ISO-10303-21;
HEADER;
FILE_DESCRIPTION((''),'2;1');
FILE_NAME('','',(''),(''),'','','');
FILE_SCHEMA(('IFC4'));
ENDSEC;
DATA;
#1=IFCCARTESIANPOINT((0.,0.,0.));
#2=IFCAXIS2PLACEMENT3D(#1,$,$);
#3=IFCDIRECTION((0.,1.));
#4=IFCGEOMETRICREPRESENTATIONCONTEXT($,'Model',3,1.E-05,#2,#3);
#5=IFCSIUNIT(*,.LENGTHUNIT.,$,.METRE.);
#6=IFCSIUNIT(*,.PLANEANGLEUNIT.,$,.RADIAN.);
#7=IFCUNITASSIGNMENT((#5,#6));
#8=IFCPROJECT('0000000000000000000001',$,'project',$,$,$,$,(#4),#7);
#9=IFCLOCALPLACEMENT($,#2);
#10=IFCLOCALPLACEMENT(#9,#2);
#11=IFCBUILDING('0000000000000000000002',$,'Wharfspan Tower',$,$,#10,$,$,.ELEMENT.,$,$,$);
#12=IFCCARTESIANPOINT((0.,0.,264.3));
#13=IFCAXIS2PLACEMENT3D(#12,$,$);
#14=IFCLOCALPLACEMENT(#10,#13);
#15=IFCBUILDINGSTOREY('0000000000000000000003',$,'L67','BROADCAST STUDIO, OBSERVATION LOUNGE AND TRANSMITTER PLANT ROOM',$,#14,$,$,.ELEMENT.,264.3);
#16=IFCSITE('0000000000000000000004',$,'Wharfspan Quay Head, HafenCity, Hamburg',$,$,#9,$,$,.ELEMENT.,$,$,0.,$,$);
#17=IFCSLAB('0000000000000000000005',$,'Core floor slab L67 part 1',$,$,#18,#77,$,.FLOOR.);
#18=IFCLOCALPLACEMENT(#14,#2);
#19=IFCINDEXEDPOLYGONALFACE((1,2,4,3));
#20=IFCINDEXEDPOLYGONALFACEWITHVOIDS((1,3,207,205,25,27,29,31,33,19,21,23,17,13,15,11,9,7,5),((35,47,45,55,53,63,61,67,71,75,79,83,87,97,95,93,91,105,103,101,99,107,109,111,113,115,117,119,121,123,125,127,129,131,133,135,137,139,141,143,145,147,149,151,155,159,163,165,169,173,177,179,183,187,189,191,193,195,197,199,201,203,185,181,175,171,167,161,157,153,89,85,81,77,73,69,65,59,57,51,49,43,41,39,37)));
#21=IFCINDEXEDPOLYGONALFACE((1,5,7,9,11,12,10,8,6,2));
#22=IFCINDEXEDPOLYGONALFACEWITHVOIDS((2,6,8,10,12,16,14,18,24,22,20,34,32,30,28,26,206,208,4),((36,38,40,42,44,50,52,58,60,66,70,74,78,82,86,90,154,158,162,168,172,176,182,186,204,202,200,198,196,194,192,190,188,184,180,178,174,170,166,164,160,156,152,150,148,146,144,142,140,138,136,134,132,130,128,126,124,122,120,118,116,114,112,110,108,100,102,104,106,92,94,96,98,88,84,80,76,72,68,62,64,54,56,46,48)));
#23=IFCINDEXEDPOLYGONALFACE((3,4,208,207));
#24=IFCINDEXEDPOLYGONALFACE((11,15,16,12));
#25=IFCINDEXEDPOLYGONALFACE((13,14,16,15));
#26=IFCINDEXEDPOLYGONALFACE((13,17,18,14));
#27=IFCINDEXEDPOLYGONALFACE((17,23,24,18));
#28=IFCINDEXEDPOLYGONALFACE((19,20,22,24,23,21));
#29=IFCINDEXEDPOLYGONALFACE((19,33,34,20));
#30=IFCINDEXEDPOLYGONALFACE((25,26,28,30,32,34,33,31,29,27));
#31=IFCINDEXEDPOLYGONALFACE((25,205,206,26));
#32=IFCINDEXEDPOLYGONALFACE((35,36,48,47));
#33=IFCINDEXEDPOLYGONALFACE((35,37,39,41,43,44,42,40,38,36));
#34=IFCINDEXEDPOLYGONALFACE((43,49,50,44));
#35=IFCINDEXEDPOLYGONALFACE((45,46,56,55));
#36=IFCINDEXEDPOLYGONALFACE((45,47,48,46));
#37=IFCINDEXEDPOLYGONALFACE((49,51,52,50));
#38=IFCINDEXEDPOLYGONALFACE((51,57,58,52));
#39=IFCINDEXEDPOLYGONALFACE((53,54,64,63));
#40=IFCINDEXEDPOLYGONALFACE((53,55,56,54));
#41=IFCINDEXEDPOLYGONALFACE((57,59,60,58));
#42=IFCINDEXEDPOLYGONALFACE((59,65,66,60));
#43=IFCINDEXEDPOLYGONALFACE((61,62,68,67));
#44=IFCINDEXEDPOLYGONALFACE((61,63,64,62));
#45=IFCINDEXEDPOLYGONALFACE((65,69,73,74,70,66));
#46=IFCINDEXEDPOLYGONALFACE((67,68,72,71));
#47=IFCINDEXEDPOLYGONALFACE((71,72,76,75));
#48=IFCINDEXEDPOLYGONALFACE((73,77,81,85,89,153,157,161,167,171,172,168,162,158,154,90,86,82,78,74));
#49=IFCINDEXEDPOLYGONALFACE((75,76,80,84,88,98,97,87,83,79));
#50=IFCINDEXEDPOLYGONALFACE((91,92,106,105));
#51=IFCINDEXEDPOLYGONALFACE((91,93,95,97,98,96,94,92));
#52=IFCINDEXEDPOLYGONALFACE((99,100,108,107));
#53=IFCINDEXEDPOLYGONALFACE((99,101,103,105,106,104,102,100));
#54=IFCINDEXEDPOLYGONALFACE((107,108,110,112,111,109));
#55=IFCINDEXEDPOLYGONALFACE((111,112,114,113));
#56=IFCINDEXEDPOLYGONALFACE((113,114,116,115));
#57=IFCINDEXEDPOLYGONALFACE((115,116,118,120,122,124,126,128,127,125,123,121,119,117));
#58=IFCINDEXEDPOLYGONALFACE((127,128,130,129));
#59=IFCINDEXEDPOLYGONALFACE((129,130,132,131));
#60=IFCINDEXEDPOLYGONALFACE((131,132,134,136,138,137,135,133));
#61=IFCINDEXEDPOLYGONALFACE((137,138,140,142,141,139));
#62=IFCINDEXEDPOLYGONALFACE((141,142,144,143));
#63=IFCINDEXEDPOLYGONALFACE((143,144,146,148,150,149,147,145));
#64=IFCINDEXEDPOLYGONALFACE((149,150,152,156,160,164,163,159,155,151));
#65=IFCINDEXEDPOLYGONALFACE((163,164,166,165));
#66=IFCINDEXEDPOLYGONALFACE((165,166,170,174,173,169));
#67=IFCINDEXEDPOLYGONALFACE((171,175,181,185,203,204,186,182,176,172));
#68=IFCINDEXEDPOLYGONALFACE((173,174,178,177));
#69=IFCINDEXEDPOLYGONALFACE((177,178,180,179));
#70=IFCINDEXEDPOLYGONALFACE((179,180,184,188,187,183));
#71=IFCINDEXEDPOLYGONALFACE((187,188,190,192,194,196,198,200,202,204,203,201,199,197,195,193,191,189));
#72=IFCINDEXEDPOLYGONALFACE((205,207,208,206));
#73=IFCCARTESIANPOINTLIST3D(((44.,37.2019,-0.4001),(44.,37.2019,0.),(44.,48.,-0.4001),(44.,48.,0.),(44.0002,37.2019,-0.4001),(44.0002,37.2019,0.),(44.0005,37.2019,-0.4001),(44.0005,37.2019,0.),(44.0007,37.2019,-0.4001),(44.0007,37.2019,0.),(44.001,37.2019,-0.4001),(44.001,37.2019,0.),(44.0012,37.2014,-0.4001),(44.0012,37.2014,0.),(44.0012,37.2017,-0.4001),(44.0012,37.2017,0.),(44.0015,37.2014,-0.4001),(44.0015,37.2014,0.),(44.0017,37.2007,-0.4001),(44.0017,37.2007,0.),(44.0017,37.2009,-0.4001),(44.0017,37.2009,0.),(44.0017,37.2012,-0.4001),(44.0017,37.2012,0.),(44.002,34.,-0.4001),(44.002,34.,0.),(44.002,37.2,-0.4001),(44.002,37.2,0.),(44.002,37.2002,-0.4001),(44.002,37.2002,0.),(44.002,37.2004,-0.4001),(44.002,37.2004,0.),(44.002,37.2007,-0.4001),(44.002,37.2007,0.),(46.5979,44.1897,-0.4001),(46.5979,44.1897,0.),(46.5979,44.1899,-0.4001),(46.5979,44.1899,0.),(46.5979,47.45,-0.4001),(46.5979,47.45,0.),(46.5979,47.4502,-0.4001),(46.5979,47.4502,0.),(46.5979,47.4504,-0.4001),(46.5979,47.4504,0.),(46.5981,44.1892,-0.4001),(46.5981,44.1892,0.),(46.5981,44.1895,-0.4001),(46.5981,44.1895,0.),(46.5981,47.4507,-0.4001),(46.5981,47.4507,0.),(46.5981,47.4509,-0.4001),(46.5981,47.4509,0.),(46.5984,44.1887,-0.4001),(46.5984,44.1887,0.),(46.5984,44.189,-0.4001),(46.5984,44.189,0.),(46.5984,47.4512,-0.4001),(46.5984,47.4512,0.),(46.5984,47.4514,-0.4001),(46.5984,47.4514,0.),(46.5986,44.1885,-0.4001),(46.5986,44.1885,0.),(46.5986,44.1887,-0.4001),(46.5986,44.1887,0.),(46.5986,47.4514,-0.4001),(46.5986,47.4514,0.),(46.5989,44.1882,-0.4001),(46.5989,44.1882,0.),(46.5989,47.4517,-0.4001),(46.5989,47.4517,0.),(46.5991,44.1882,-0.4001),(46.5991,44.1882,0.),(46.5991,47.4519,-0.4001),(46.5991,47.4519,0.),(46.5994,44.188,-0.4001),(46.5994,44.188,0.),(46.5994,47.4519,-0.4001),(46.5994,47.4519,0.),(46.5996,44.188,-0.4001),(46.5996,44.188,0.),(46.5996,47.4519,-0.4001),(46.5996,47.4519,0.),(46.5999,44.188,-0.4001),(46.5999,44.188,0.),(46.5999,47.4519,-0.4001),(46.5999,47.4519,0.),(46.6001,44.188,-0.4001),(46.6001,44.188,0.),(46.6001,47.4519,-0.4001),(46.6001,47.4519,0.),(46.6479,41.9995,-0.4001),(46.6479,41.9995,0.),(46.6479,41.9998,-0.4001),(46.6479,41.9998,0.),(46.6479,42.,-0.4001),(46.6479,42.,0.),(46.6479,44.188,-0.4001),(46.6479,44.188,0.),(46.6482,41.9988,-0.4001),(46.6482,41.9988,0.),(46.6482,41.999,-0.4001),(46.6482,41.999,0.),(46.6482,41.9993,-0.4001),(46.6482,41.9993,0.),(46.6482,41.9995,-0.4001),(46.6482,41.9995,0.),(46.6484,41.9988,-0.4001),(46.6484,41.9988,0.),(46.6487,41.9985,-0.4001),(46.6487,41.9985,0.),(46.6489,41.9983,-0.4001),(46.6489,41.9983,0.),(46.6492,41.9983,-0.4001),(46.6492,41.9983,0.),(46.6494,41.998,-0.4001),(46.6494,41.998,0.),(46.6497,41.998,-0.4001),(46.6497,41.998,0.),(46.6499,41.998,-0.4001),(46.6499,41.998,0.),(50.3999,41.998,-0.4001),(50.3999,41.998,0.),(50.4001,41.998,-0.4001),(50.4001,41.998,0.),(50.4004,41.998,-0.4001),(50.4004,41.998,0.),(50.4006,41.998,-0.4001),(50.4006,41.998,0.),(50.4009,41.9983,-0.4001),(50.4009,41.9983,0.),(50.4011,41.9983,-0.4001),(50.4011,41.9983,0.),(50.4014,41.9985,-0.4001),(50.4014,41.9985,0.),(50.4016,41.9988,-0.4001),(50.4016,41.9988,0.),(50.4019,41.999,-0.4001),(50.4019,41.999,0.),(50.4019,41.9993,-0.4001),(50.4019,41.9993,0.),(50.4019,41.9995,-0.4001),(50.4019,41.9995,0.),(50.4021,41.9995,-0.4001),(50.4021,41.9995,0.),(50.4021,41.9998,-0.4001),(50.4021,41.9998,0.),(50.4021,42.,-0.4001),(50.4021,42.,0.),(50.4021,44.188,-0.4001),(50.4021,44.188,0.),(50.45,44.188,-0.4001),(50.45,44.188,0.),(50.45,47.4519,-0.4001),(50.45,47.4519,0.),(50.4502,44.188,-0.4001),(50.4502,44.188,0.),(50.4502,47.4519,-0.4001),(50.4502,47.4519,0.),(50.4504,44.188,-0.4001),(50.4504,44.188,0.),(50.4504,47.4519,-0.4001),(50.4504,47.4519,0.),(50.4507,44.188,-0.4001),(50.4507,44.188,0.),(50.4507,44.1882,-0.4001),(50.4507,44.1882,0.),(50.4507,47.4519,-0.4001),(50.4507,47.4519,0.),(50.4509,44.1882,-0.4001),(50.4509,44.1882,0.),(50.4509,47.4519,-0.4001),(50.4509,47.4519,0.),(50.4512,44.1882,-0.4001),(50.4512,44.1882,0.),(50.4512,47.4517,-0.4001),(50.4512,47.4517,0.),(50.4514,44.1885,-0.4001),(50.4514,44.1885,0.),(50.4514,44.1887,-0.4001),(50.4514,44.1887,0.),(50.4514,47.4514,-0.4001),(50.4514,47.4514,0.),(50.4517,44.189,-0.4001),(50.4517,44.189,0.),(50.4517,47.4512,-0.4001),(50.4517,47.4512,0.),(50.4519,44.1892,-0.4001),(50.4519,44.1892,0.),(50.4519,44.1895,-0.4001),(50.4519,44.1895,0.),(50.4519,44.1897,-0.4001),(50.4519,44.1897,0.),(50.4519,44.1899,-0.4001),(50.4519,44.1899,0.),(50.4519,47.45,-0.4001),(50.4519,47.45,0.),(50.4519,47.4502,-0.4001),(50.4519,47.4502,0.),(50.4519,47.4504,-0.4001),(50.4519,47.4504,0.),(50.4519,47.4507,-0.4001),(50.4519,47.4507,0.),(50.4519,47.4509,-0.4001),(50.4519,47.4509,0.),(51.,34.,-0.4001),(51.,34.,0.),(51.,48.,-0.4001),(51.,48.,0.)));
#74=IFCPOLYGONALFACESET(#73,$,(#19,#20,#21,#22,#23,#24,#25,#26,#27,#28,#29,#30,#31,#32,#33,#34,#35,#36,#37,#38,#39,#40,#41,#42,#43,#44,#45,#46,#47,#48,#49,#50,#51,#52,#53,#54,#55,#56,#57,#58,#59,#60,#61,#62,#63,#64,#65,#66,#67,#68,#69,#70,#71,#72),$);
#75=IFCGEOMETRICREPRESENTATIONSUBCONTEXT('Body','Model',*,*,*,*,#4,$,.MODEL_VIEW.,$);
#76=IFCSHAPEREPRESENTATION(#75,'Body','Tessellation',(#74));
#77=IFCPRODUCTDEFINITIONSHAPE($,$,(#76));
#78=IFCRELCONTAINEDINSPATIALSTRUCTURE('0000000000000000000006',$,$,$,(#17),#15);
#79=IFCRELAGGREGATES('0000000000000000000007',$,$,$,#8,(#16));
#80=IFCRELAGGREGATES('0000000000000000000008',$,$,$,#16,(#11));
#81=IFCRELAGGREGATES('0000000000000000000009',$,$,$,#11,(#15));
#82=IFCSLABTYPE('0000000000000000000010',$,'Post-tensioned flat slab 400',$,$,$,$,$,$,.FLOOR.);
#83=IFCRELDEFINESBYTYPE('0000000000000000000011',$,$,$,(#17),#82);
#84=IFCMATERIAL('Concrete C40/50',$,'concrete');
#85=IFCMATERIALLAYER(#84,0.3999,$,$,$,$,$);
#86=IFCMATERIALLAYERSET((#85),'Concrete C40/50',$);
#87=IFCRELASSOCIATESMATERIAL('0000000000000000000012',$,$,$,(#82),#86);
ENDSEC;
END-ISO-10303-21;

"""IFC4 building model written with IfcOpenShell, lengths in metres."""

from ifc_helpers import new_model, si_unit, direction, frame, origin, place, context, subcontext, project, spatial, polyline, outline, extrude, material, layer, layer_set, type_object, element, save


model = new_model("IFC4")

# Units and contexts
model_context = context("Model", 3, precision=1e-05, world=origin(), true_north=direction((0.0, 1.0)))
body_context = subcontext(model_context, "Body", "Model", "MODEL_VIEW")
ifc_project = project(units=[si_unit("LENGTHUNIT", "METRE"), si_unit("PLANEANGLEUNIT", "RADIAN")], contexts=[model_context])

# Site, building, storey
site_placement = place(None, origin())
site = spatial("IfcSite", under=ifc_project, at=site_placement, Name="Wharfspan Quay Head, HafenCity, Hamburg", CompositionType="ELEMENT", RefElevation=0.0)
building_placement = place(site_placement, origin())
building = spatial("IfcBuilding", under=site, at=building_placement, Name="Wharfspan Tower", CompositionType="ELEMENT")
storey_placement = place(building_placement, frame((0.0, 0.0, 264.3)))
storey = spatial("IfcBuildingStorey", under=building, at=storey_placement, Name="L67", Description="BROADCAST STUDIO, OBSERVATION LOUNGE AND TRANSMITTER PLANT ROOM", CompositionType="ELEMENT", Elevation=264.3)

# Slab
ifc_material_1 = material(Name="Concrete C40/50", Category="concrete")
ifc_layer_1 = layer(ifc_material_1, 0.3999)
ifc_layer_set_1 = layer_set([ifc_layer_1], Name="Concrete C40/50")
slab_type_1 = type_object("IfcSlabType", Name="Post-tensioned flat slab 400", PredefinedType="FLOOR", material=ifc_layer_set_1)
slab_1_placement = place(storey_placement, frame((0.0, 0.0, -0.4001)))
element("IfcSlab", 1, at=slab_1_placement, inside=storey, type_object=slab_type_1, Name="Core floor slab L67 part 1", PredefinedType="FLOOR", context=body_context, shape_type="SweptSolid", body=[
    extrude(outline(polyline([(51.0, 34.0), (51.0, 48.0), (44.0, 48.0), (44.0, 37.2019), (44.0002, 37.2019), (44.0005, 37.2019), (44.0005, 37.2019), (44.0007, 37.2019), (44.001, 37.2019), (44.0012, 37.2017), (44.0012, 37.2014), (44.0015, 37.2014), (44.0015, 37.2014), (44.0017, 37.2012), (44.0017, 37.2009), (44.0017, 37.2007), (44.002, 37.2007), (44.002, 37.2004), (44.002, 37.2002), (44.002, 37.2), (44.002, 34.0), (51.0, 34.0)]), holes=[polyline([(46.6001, 44.188), (46.5999, 44.188), (46.5996, 44.188), (46.5994, 44.188), (46.5991, 44.1882), (46.5991, 44.1882), (46.5989, 44.1882), (46.5986, 44.1885), (46.5986, 44.1887), (46.5984, 44.1887), (46.5984, 44.189), (46.5981, 44.1892), (46.5981, 44.1892), (46.5981, 44.1895), (46.5979, 44.1897), (46.5979, 44.1897), (46.5979, 44.1899), (46.5979, 47.45), (46.5979, 47.4502), (46.5979, 47.4504), (46.5981, 47.4507), (46.5981, 47.4507), (46.5981, 47.4509), (46.5984, 47.4512), (46.5984, 47.4514), (46.5986, 47.4514), (46.5986, 47.4514), (46.5989, 47.4517), (46.5991, 47.4519), (46.5991, 47.4519), (46.5994, 47.4519), (46.5996, 47.4519), (46.5999, 47.4519), (46.6001, 47.4519), (50.45, 47.4519), (50.4502, 47.4519), (50.4504, 47.4519), (50.4507, 47.4519), (50.4507, 47.4519), (50.4509, 47.4519), (50.4512, 47.4517), (50.4514, 47.4514), (50.4514, 47.4514), (50.4514, 47.4514), (50.4517, 47.4512), (50.4519, 47.4509), (50.4519, 47.4507), (50.4519, 47.4507), (50.4519, 47.4504), (50.4519, 47.4502), (50.4519, 47.45), (50.4519, 44.1899), (50.4519, 44.1897), (50.4519, 44.1897), (50.4519, 44.1895), (50.4519, 44.1892), (50.4519, 44.1892), (50.4517, 44.189), (50.4514, 44.1887), (50.4514, 44.1887), (50.4514, 44.1885), (50.4512, 44.1882), (50.4509, 44.1882), (50.4507, 44.1882), (50.4507, 44.188), (50.4504, 44.188), (50.4502, 44.188), (50.45, 44.188), (50.4021, 44.188), (50.4021, 42.0), (50.4021, 41.9998), (50.4021, 41.9995), (50.4019, 41.9995), (50.4019, 41.9993), (50.4019, 41.999), (50.4016, 41.9988), (50.4016, 41.9988), (50.4014, 41.9985), (50.4014, 41.9985), (50.4011, 41.9983), (50.4009, 41.9983), (50.4009, 41.9983), (50.4006, 41.998), (50.4004, 41.998), (50.4001, 41.998), (50.3999, 41.998), (46.6499, 41.998), (46.6499, 41.998), (46.6497, 41.998), (46.6494, 41.998), (46.6492, 41.9983), (46.6492, 41.9983), (46.6489, 41.9983), (46.6487, 41.9985), (46.6487, 41.9985), (46.6484, 41.9988), (46.6482, 41.9988), (46.6482, 41.999), (46.6482, 41.9993), (46.6482, 41.9995), (46.6479, 41.9995), (46.6479, 41.9998), (46.6479, 42.0), (46.6479, 44.188), (46.6001, 44.188)])]), origin(), (0.0, 0.0, 1.0), 0.4001),
])

save(model, "model.ifc")
